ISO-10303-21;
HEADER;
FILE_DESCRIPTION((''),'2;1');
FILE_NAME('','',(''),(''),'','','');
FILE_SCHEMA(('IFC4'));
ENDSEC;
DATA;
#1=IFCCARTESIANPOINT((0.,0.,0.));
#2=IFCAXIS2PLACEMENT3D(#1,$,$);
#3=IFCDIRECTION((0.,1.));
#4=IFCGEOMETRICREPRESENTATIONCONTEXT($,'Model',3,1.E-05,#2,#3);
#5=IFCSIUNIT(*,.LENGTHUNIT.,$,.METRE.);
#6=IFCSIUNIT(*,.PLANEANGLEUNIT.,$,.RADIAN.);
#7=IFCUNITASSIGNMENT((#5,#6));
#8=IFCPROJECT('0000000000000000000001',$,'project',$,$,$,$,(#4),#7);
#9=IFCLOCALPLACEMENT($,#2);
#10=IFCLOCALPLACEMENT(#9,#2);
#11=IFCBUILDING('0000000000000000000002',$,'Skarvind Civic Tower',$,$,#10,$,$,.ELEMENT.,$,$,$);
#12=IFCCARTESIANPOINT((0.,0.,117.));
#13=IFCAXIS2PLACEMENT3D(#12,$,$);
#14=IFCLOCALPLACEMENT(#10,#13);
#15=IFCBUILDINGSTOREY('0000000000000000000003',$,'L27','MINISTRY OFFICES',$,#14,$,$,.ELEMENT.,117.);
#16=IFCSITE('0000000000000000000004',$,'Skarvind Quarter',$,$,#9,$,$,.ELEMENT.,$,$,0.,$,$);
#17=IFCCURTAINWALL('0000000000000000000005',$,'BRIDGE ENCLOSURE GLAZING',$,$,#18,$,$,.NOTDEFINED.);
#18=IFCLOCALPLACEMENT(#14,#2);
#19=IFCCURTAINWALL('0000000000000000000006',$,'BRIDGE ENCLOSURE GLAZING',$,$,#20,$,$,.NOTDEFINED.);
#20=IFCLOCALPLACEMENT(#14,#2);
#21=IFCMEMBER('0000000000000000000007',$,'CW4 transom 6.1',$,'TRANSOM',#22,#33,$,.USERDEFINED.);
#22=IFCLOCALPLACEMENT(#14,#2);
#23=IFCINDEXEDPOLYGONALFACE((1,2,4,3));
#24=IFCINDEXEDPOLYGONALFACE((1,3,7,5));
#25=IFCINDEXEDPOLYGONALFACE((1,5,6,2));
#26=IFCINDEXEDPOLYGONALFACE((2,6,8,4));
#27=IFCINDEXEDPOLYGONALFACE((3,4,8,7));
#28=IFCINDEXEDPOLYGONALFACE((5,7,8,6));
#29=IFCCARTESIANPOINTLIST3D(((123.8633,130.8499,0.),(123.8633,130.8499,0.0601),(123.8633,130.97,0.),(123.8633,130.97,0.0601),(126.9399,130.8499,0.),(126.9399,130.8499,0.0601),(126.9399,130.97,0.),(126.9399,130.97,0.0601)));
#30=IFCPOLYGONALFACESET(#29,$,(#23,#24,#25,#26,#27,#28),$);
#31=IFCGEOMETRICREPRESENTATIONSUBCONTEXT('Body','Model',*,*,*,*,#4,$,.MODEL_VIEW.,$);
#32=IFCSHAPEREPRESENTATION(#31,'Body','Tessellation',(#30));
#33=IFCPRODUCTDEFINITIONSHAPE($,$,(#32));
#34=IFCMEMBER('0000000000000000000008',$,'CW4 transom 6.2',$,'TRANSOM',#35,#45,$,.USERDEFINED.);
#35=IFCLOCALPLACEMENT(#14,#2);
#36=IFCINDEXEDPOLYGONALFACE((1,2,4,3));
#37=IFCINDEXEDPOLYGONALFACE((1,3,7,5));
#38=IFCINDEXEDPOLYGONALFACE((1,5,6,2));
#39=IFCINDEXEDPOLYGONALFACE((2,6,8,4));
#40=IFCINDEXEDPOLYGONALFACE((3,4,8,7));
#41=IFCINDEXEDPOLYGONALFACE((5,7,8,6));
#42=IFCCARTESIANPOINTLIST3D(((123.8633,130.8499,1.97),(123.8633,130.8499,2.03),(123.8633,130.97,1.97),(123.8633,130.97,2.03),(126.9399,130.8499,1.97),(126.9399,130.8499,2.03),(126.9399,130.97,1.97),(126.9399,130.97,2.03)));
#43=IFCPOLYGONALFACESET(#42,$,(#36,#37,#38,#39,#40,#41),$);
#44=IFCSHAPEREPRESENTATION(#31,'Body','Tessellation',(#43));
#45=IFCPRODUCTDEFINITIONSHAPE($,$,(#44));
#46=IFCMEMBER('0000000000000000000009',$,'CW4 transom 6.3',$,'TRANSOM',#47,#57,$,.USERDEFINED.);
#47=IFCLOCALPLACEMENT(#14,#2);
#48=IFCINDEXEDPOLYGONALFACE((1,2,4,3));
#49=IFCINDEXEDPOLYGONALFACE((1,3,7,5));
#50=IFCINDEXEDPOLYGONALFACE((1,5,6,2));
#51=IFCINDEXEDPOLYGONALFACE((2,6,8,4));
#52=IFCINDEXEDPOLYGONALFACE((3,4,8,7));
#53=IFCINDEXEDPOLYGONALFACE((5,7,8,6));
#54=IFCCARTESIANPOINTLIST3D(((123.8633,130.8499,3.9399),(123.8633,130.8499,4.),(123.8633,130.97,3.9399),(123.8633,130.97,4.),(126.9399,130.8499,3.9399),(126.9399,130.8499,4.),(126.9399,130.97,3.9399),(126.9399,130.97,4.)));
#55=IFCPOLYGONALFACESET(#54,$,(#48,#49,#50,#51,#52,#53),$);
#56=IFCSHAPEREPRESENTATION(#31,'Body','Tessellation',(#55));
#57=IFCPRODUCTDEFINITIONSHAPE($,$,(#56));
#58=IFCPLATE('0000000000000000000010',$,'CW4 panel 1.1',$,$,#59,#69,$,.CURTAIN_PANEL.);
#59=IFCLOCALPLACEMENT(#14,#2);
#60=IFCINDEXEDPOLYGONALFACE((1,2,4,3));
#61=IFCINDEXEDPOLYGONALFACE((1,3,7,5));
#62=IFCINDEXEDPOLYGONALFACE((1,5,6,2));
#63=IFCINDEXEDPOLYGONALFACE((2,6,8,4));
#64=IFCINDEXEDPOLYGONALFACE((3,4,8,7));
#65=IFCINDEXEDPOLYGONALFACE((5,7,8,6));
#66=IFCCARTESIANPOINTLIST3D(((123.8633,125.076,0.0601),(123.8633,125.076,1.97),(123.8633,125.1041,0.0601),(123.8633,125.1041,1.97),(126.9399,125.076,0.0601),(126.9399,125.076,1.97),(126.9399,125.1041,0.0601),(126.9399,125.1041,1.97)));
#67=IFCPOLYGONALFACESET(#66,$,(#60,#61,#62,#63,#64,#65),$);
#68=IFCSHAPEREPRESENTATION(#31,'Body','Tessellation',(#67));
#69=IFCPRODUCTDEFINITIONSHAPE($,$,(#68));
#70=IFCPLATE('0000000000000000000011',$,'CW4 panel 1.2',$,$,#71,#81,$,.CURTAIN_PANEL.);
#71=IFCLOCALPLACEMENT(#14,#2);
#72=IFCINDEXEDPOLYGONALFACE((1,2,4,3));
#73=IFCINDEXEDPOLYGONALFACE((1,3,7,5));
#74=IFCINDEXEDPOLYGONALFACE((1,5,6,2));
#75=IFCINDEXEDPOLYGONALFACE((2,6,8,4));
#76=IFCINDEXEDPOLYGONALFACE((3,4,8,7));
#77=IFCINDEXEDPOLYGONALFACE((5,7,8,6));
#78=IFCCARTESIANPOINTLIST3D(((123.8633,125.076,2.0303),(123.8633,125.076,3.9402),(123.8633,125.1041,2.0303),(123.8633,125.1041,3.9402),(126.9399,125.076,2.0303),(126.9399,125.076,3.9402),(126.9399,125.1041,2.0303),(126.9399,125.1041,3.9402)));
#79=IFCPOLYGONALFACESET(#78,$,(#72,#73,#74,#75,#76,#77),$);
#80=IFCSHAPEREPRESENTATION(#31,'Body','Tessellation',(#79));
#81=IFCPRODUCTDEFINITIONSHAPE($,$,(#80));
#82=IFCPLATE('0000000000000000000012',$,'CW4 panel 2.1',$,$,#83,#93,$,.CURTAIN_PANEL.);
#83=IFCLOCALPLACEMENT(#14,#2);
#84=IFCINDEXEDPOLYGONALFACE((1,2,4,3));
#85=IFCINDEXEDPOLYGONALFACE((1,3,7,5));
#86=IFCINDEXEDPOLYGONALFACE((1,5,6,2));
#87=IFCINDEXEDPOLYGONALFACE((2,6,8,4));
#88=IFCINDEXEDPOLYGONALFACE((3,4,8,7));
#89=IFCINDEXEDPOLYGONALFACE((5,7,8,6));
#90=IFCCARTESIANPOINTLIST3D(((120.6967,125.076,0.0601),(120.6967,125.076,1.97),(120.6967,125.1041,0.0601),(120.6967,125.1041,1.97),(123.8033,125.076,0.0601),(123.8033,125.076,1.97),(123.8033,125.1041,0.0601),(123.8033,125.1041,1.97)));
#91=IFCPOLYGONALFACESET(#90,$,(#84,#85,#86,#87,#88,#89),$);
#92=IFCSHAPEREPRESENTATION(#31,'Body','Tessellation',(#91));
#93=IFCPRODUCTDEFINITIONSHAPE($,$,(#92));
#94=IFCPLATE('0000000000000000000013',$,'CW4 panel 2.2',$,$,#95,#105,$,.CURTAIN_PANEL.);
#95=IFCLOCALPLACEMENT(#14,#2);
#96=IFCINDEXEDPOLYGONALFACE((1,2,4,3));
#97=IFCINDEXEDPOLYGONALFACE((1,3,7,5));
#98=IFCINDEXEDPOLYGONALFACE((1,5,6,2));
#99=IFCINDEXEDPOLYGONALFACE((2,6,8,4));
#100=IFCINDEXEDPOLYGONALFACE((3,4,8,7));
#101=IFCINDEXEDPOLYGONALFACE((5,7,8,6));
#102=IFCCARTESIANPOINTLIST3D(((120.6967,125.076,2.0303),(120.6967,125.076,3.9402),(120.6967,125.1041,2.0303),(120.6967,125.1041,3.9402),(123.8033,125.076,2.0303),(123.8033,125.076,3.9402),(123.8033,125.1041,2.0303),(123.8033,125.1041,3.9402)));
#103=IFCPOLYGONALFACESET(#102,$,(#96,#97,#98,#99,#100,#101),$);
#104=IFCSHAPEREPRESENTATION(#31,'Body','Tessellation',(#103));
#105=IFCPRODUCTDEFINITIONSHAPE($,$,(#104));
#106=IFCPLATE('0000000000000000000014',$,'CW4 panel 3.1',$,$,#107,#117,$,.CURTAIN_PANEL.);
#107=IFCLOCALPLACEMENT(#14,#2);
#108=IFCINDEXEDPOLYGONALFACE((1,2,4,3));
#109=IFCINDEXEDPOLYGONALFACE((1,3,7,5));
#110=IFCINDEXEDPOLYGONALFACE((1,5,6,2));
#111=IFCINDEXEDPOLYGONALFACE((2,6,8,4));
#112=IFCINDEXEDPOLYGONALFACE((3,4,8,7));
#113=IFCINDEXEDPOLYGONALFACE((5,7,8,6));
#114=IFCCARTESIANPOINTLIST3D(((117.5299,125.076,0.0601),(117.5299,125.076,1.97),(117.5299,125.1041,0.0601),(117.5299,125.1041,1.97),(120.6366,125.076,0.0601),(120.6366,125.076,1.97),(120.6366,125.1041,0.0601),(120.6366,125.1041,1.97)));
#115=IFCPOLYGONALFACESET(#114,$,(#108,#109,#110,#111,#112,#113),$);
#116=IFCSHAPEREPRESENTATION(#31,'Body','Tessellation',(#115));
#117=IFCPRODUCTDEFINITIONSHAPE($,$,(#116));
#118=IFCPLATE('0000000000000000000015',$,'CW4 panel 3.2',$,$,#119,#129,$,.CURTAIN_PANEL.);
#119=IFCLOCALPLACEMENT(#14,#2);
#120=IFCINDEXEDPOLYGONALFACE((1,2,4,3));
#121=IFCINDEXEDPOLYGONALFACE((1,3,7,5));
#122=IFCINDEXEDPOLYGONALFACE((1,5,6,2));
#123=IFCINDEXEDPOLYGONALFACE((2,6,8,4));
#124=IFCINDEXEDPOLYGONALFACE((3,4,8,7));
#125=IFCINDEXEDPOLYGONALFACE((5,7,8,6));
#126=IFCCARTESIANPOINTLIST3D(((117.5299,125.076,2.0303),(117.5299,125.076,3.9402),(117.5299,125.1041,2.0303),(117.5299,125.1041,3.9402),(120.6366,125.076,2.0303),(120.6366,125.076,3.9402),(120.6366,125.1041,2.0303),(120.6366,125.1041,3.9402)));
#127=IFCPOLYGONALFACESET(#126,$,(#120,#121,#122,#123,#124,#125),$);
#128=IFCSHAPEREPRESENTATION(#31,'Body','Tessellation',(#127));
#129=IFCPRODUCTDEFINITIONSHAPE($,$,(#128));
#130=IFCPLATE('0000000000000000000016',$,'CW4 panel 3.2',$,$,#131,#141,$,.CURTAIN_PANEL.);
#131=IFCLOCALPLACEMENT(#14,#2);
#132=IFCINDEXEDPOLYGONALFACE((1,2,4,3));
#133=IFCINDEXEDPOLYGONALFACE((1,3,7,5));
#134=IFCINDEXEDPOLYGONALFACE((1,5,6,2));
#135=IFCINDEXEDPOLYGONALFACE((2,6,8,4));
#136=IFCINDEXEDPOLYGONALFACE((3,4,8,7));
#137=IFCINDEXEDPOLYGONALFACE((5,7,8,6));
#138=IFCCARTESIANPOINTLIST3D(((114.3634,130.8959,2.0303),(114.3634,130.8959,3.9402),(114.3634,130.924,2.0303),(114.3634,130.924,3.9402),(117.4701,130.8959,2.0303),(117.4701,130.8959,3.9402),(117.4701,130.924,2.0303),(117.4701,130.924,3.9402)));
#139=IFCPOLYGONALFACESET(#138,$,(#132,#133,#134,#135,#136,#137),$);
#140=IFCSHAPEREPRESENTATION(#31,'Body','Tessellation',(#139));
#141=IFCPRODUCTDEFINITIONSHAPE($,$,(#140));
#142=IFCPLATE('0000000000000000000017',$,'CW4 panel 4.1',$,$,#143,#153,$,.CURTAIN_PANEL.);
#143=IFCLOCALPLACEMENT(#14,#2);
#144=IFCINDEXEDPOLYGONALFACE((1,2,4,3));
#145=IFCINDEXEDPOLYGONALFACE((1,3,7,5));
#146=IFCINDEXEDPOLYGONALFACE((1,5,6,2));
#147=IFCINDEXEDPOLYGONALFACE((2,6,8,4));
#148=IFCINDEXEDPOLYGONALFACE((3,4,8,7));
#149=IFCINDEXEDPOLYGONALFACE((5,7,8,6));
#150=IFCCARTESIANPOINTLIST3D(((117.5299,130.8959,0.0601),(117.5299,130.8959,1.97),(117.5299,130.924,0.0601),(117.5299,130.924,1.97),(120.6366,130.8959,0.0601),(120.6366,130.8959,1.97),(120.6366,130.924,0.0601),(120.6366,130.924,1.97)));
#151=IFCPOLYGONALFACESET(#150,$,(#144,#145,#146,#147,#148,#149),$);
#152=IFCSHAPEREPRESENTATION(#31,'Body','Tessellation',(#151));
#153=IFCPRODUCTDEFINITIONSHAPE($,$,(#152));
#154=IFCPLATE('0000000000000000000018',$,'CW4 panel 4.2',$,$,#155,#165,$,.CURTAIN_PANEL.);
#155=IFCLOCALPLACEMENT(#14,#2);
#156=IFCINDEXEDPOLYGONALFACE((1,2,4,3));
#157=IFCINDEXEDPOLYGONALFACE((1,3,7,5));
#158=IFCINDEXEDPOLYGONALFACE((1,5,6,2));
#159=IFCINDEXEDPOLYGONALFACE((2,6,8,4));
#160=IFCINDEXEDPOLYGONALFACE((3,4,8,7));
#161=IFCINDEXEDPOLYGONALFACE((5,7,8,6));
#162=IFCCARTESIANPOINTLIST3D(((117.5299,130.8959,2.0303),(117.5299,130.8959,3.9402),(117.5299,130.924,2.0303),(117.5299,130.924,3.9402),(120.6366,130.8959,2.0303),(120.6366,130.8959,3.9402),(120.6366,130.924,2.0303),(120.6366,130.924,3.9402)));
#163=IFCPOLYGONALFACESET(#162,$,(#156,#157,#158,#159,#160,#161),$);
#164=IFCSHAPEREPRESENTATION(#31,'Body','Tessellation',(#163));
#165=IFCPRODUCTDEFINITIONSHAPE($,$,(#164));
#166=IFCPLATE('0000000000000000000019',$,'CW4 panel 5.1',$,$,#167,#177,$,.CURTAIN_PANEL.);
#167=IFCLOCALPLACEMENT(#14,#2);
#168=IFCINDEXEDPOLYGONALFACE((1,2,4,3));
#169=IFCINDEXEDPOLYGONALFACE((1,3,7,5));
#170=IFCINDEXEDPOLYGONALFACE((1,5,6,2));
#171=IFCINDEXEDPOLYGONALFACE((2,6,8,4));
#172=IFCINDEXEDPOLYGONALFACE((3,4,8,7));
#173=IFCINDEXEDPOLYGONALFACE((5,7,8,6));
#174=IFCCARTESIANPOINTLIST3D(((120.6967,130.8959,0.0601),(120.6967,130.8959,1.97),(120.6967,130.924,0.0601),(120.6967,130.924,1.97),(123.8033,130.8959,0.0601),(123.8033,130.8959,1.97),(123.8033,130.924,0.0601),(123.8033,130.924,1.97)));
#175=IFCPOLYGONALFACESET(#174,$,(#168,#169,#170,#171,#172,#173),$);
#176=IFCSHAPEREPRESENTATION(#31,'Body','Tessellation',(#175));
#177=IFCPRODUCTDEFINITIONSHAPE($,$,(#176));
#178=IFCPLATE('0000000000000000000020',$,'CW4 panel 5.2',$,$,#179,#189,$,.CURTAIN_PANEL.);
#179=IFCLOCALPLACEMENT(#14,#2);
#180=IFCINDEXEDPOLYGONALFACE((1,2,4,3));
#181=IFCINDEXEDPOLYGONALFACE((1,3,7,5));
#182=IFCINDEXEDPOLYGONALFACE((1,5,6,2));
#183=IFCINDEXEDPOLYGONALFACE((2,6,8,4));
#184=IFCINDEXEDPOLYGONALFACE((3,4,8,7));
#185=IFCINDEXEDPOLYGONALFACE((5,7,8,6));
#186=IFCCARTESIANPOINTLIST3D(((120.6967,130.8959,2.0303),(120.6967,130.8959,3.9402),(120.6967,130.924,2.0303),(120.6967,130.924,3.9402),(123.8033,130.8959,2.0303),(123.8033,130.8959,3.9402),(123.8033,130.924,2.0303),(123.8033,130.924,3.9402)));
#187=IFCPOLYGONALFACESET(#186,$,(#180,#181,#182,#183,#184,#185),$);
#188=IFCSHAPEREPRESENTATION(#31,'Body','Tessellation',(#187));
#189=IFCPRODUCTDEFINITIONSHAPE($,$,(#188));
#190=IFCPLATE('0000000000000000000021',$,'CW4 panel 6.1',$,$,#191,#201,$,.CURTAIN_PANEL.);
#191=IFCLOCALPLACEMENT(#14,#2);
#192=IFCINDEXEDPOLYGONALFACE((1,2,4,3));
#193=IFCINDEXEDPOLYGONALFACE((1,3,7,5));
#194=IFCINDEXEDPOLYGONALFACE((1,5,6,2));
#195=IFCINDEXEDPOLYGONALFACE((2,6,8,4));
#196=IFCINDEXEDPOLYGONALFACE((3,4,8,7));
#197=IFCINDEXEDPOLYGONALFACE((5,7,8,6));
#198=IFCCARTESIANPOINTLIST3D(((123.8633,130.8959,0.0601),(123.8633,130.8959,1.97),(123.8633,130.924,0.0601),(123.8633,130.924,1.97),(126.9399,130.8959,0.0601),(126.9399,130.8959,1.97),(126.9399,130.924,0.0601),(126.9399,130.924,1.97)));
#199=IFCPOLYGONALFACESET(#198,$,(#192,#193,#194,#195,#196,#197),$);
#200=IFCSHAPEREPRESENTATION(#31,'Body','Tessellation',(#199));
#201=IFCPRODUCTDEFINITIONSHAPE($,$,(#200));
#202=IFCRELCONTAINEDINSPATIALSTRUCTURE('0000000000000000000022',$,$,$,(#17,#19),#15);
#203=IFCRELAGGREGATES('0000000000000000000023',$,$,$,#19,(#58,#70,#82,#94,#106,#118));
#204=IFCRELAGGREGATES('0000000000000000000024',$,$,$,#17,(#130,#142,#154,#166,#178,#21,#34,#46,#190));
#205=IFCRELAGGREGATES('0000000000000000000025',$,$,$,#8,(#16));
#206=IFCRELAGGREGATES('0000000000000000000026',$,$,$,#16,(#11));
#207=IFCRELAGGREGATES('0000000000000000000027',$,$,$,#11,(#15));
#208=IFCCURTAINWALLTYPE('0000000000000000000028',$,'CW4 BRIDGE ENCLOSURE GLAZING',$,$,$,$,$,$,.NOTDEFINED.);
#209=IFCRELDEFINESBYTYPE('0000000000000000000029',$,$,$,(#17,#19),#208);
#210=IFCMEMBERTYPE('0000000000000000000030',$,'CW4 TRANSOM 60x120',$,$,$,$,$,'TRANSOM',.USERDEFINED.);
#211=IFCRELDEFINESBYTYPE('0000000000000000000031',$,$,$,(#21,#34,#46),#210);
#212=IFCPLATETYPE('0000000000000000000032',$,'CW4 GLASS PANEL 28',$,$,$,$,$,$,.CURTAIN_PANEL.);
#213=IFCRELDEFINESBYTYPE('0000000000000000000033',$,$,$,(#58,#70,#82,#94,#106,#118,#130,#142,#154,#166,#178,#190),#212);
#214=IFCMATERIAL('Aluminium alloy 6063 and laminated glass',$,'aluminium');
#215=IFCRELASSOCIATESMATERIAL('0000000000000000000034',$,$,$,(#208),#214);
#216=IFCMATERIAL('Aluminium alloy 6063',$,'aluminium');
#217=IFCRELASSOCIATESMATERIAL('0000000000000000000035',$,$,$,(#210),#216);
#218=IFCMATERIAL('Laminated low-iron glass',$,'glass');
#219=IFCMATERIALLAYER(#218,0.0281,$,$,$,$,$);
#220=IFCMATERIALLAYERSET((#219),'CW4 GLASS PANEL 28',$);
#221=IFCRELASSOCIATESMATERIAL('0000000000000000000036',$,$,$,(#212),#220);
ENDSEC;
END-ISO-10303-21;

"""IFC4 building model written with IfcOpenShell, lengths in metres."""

from ifc_helpers import new_model, si_unit, direction, frame, origin, origin_2d, place, context, subcontext, project, spatial, rectangle, extrude, material, layer, layer_set, material_profile, profile_set, type_object, element, aggregate, save


model = new_model("IFC4")

# Units and contexts
model_context = context("Model", 3, precision=1e-05, world=origin(), true_north=direction((0.0, 1.0)))
body_context = subcontext(model_context, "Body", "Model", "MODEL_VIEW")
ifc_project = project(units=[si_unit("LENGTHUNIT", "METRE"), si_unit("PLANEANGLEUNIT", "RADIAN")], contexts=[model_context])

# Site, building, storey
site_placement = place(None, origin())
site = spatial("IfcSite", under=ifc_project, at=site_placement, Name="Skarvind Quarter", CompositionType="ELEMENT", RefElevation=0.0)
building_placement = place(site_placement, origin())
building = spatial("IfcBuilding", under=site, at=building_placement, Name="Skarvind Civic Tower", CompositionType="ELEMENT")
storey_placement = place(building_placement, frame((0.0, 0.0, 117.0)))
storey = spatial("IfcBuildingStorey", under=building, at=storey_placement, Name="L27", Description="MINISTRY OFFICES", CompositionType="ELEMENT", Elevation=117.0)

# Curtain walls
ifc_material_1 = material(Name="Aluminium alloy 6063 and laminated glass", Category="aluminium")
curtain_wall_type = type_object("IfcCurtainWallType", Name="CW4 BRIDGE ENCLOSURE GLAZING", PredefinedType="NOTDEFINED", material=ifc_material_1)
curtain_wall_1_placement = place(storey_placement, origin())
curtain_wall_1 = element("IfcCurtainWall", 1, at=curtain_wall_1_placement, inside=storey, type_object=curtain_wall_type, Name="BRIDGE ENCLOSURE GLAZING", PredefinedType="NOTDEFINED")
ifc_material_2 = material(Name="Aluminium alloy 6063", Category="aluminium")
curtain_wall_2_placement = place(storey_placement, origin())
curtain_wall_2 = element("IfcCurtainWall", 2, at=curtain_wall_2_placement, inside=storey, type_object=curtain_wall_type, Name="BRIDGE ENCLOSURE GLAZING", PredefinedType="NOTDEFINED")
ifc_material_profile_1 = material_profile(ifc_material_2, rectangle(XDim=0.1201, YDim=0.0601, at=origin_2d()), Name="AL 60x120")
ifc_profile_set_1 = profile_set([ifc_material_profile_1], Name="Aluminium alloy 6063")
member_type_1 = type_object("IfcMemberType", Name="CW4 TRANSOM 60x120", ElementType="TRANSOM", PredefinedType="USERDEFINED", material=ifc_profile_set_1)

# Members
member_1_placement = place(storey_placement, frame((123.8633, 130.9099, 0.03), z_axis=(1.0, 0.0, 0.0), x_axis=(0.0, 1.0, 0.0)))
member_1 = element("IfcMember", 3, at=member_1_placement, type_object=member_type_1, Name="CW4 transom 6.1", ObjectType="TRANSOM", PredefinedType="USERDEFINED", context=body_context, shape_type="SweptSolid", body=[
    extrude(rectangle(XDim=0.1201, YDim=0.0601, at=origin_2d()), origin(), (0.0, 0.0, 1.0), 3.0767),
])
member_2_placement = place(storey_placement, frame((123.8633, 130.9099, 2.0), z_axis=(1.0, 0.0, 0.0), x_axis=(0.0, 1.0, 0.0)))
member_2 = element("IfcMember", 4, at=member_2_placement, type_object=member_type_1, Name="CW4 transom 6.2", ObjectType="TRANSOM", PredefinedType="USERDEFINED", context=body_context, shape_type="SweptSolid", body=[
    extrude(rectangle(XDim=0.1201, YDim=0.0601, at=origin_2d()), origin(), (0.0, 0.0, 1.0), 3.0767),
])
member_3_placement = place(storey_placement, frame((123.8633, 130.9099, 3.97), z_axis=(1.0, 0.0, 0.0), x_axis=(0.0, 1.0, 0.0)))
member_3 = element("IfcMember", 5, at=member_3_placement, type_object=member_type_1, Name="CW4 transom 6.3", ObjectType="TRANSOM", PredefinedType="USERDEFINED", context=body_context, shape_type="SweptSolid", body=[
    extrude(rectangle(XDim=0.1201, YDim=0.0601, at=origin_2d()), origin(), (0.0, 0.0, 1.0), 3.0767),
])

# Plates
ifc_material_3 = material(Name="Laminated low-iron glass", Category="glass")
ifc_layer = layer(ifc_material_3, 0.0281)
ifc_layer_set = layer_set([ifc_layer], Name="CW4 GLASS PANEL 28")
plate_type = type_object("IfcPlateType", Name="CW4 GLASS PANEL 28", PredefinedType="CURTAIN_PANEL", material=ifc_layer_set)
plate_1_placement = place(storey_placement, frame((125.4016, 125.0901, 0.0601), z_axis=(0.0, 0.0, 1.0), x_axis=(-1.0, 0.0, 0.0)))
plate_1 = element("IfcPlate", 6, at=plate_1_placement, type_object=plate_type, Name="CW4 panel 1.1", PredefinedType="CURTAIN_PANEL", context=body_context, shape_type="SweptSolid", body=[
    extrude(rectangle(XDim=3.0767, YDim=0.0281, at=origin_2d()), origin(), (0.0, 0.0, 1.0), 1.9099),
])
plate_2_placement = place(storey_placement, frame((125.4016, 125.0901, 2.0303), z_axis=(0.0, 0.0, 1.0), x_axis=(-1.0, 0.0, 0.0)))
plate_2 = element("IfcPlate", 7, at=plate_2_placement, type_object=plate_type, Name="CW4 panel 1.2", PredefinedType="CURTAIN_PANEL", context=body_context, shape_type="SweptSolid", body=[
    extrude(rectangle(XDim=3.0767, YDim=0.0281, at=origin_2d()), origin(), (0.0, 0.0, 1.0), 1.9099),
])
plate_3_placement = place(storey_placement, frame((122.25, 125.0901, 0.0601), z_axis=(0.0, 0.0, 1.0), x_axis=(-1.0, 0.0, 0.0)))
plate_3 = element("IfcPlate", 8, at=plate_3_placement, type_object=plate_type, Name="CW4 panel 2.1", PredefinedType="CURTAIN_PANEL", context=body_context, shape_type="SweptSolid", body=[
    extrude(rectangle(XDim=3.1067, YDim=0.0281, at=origin_2d()), origin(), (0.0, 0.0, 1.0), 1.9099),
])
plate_4_placement = place(storey_placement, frame((122.25, 125.0901, 2.0303), z_axis=(0.0, 0.0, 1.0), x_axis=(-1.0, 0.0, 0.0)))
plate_4 = element("IfcPlate", 9, at=plate_4_placement, type_object=plate_type, Name="CW4 panel 2.2", PredefinedType="CURTAIN_PANEL", context=body_context, shape_type="SweptSolid", body=[
    extrude(rectangle(XDim=3.1067, YDim=0.0281, at=origin_2d()), origin(), (0.0, 0.0, 1.0), 1.9099),
])
plate_5_placement = place(storey_placement, frame((119.0833, 125.0901, 0.0601), z_axis=(0.0, 0.0, 1.0), x_axis=(-1.0, 0.0, 0.0)))
plate_5 = element("IfcPlate", 10, at=plate_5_placement, type_object=plate_type, Name="CW4 panel 3.1", PredefinedType="CURTAIN_PANEL", context=body_context, shape_type="SweptSolid", body=[
    extrude(rectangle(XDim=3.1067, YDim=0.0281, at=origin_2d()), origin(), (0.0, 0.0, 1.0), 1.9099),
])
plate_6_placement = place(storey_placement, frame((119.0833, 125.0901, 2.0303), z_axis=(0.0, 0.0, 1.0), x_axis=(-1.0, 0.0, 0.0)))
plate_6 = element("IfcPlate", 11, at=plate_6_placement, type_object=plate_type, Name="CW4 panel 3.2", PredefinedType="CURTAIN_PANEL", context=body_context, shape_type="SweptSolid", body=[
    extrude(rectangle(XDim=3.1067, YDim=0.0281, at=origin_2d()), origin(), (0.0, 0.0, 1.0), 1.9099),
])
aggregate(curtain_wall_2, [plate_1, plate_2, plate_3, plate_4, plate_5, plate_6])
plate_7_placement = place(storey_placement, frame((115.9167, 130.9099, 2.0303), z_axis=(0.0, 0.0, 1.0), x_axis=(1.0, 0.0, 0.0)))
plate_7 = element("IfcPlate", 12, at=plate_7_placement, type_object=plate_type, Name="CW4 panel 3.2", PredefinedType="CURTAIN_PANEL", context=body_context, shape_type="SweptSolid", body=[
    extrude(rectangle(XDim=3.1067, YDim=0.0281, at=origin_2d()), origin(), (0.0, 0.0, 1.0), 1.9099),
])
plate_8_placement = place(storey_placement, frame((119.0833, 130.9099, 0.0601), z_axis=(0.0, 0.0, 1.0), x_axis=(1.0, 0.0, 0.0)))
plate_8 = element("IfcPlate", 13, at=plate_8_placement, type_object=plate_type, Name="CW4 panel 4.1", PredefinedType="CURTAIN_PANEL", context=body_context, shape_type="SweptSolid", body=[
    extrude(rectangle(XDim=3.1067, YDim=0.0281, at=origin_2d()), origin(), (0.0, 0.0, 1.0), 1.9099),
])
plate_9_placement = place(storey_placement, frame((119.0833, 130.9099, 2.0303), z_axis=(0.0, 0.0, 1.0), x_axis=(1.0, 0.0, 0.0)))
plate_9 = element("IfcPlate", 14, at=plate_9_placement, type_object=plate_type, Name="CW4 panel 4.2", PredefinedType="CURTAIN_PANEL", context=body_context, shape_type="SweptSolid", body=[
    extrude(rectangle(XDim=3.1067, YDim=0.0281, at=origin_2d()), origin(), (0.0, 0.0, 1.0), 1.9099),
])
plate_10_placement = place(storey_placement, frame((122.25, 130.9099, 0.0601), z_axis=(0.0, 0.0, 1.0), x_axis=(1.0, 0.0, 0.0)))
plate_10 = element("IfcPlate", 15, at=plate_10_placement, type_object=plate_type, Name="CW4 panel 5.1", PredefinedType="CURTAIN_PANEL", context=body_context, shape_type="SweptSolid", body=[
    extrude(rectangle(XDim=3.1067, YDim=0.0281, at=origin_2d()), origin(), (0.0, 0.0, 1.0), 1.9099),
])
plate_11_placement = place(storey_placement, frame((122.25, 130.9099, 2.0303), z_axis=(0.0, 0.0, 1.0), x_axis=(1.0, 0.0, 0.0)))
plate_11 = element("IfcPlate", 16, at=plate_11_placement, type_object=plate_type, Name="CW4 panel 5.2", PredefinedType="CURTAIN_PANEL", context=body_context, shape_type="SweptSolid", body=[
    extrude(rectangle(XDim=3.1067, YDim=0.0281, at=origin_2d()), origin(), (0.0, 0.0, 1.0), 1.9099),
])
plate_12_placement = place(storey_placement, frame((125.4016, 130.9099, 0.0601), z_axis=(0.0, 0.0, 1.0), x_axis=(1.0, 0.0, 0.0)))
plate_12 = element("IfcPlate", 17, at=plate_12_placement, type_object=plate_type, Name="CW4 panel 6.1", PredefinedType="CURTAIN_PANEL", context=body_context, shape_type="SweptSolid", body=[
    extrude(rectangle(XDim=3.0767, YDim=0.0281, at=origin_2d()), origin(), (0.0, 0.0, 1.0), 1.9099),
])
aggregate(curtain_wall_1, [plate_7, plate_8, plate_9, plate_10, plate_11, member_1, member_2, member_3, plate_12])

save(model, "model.ifc")
